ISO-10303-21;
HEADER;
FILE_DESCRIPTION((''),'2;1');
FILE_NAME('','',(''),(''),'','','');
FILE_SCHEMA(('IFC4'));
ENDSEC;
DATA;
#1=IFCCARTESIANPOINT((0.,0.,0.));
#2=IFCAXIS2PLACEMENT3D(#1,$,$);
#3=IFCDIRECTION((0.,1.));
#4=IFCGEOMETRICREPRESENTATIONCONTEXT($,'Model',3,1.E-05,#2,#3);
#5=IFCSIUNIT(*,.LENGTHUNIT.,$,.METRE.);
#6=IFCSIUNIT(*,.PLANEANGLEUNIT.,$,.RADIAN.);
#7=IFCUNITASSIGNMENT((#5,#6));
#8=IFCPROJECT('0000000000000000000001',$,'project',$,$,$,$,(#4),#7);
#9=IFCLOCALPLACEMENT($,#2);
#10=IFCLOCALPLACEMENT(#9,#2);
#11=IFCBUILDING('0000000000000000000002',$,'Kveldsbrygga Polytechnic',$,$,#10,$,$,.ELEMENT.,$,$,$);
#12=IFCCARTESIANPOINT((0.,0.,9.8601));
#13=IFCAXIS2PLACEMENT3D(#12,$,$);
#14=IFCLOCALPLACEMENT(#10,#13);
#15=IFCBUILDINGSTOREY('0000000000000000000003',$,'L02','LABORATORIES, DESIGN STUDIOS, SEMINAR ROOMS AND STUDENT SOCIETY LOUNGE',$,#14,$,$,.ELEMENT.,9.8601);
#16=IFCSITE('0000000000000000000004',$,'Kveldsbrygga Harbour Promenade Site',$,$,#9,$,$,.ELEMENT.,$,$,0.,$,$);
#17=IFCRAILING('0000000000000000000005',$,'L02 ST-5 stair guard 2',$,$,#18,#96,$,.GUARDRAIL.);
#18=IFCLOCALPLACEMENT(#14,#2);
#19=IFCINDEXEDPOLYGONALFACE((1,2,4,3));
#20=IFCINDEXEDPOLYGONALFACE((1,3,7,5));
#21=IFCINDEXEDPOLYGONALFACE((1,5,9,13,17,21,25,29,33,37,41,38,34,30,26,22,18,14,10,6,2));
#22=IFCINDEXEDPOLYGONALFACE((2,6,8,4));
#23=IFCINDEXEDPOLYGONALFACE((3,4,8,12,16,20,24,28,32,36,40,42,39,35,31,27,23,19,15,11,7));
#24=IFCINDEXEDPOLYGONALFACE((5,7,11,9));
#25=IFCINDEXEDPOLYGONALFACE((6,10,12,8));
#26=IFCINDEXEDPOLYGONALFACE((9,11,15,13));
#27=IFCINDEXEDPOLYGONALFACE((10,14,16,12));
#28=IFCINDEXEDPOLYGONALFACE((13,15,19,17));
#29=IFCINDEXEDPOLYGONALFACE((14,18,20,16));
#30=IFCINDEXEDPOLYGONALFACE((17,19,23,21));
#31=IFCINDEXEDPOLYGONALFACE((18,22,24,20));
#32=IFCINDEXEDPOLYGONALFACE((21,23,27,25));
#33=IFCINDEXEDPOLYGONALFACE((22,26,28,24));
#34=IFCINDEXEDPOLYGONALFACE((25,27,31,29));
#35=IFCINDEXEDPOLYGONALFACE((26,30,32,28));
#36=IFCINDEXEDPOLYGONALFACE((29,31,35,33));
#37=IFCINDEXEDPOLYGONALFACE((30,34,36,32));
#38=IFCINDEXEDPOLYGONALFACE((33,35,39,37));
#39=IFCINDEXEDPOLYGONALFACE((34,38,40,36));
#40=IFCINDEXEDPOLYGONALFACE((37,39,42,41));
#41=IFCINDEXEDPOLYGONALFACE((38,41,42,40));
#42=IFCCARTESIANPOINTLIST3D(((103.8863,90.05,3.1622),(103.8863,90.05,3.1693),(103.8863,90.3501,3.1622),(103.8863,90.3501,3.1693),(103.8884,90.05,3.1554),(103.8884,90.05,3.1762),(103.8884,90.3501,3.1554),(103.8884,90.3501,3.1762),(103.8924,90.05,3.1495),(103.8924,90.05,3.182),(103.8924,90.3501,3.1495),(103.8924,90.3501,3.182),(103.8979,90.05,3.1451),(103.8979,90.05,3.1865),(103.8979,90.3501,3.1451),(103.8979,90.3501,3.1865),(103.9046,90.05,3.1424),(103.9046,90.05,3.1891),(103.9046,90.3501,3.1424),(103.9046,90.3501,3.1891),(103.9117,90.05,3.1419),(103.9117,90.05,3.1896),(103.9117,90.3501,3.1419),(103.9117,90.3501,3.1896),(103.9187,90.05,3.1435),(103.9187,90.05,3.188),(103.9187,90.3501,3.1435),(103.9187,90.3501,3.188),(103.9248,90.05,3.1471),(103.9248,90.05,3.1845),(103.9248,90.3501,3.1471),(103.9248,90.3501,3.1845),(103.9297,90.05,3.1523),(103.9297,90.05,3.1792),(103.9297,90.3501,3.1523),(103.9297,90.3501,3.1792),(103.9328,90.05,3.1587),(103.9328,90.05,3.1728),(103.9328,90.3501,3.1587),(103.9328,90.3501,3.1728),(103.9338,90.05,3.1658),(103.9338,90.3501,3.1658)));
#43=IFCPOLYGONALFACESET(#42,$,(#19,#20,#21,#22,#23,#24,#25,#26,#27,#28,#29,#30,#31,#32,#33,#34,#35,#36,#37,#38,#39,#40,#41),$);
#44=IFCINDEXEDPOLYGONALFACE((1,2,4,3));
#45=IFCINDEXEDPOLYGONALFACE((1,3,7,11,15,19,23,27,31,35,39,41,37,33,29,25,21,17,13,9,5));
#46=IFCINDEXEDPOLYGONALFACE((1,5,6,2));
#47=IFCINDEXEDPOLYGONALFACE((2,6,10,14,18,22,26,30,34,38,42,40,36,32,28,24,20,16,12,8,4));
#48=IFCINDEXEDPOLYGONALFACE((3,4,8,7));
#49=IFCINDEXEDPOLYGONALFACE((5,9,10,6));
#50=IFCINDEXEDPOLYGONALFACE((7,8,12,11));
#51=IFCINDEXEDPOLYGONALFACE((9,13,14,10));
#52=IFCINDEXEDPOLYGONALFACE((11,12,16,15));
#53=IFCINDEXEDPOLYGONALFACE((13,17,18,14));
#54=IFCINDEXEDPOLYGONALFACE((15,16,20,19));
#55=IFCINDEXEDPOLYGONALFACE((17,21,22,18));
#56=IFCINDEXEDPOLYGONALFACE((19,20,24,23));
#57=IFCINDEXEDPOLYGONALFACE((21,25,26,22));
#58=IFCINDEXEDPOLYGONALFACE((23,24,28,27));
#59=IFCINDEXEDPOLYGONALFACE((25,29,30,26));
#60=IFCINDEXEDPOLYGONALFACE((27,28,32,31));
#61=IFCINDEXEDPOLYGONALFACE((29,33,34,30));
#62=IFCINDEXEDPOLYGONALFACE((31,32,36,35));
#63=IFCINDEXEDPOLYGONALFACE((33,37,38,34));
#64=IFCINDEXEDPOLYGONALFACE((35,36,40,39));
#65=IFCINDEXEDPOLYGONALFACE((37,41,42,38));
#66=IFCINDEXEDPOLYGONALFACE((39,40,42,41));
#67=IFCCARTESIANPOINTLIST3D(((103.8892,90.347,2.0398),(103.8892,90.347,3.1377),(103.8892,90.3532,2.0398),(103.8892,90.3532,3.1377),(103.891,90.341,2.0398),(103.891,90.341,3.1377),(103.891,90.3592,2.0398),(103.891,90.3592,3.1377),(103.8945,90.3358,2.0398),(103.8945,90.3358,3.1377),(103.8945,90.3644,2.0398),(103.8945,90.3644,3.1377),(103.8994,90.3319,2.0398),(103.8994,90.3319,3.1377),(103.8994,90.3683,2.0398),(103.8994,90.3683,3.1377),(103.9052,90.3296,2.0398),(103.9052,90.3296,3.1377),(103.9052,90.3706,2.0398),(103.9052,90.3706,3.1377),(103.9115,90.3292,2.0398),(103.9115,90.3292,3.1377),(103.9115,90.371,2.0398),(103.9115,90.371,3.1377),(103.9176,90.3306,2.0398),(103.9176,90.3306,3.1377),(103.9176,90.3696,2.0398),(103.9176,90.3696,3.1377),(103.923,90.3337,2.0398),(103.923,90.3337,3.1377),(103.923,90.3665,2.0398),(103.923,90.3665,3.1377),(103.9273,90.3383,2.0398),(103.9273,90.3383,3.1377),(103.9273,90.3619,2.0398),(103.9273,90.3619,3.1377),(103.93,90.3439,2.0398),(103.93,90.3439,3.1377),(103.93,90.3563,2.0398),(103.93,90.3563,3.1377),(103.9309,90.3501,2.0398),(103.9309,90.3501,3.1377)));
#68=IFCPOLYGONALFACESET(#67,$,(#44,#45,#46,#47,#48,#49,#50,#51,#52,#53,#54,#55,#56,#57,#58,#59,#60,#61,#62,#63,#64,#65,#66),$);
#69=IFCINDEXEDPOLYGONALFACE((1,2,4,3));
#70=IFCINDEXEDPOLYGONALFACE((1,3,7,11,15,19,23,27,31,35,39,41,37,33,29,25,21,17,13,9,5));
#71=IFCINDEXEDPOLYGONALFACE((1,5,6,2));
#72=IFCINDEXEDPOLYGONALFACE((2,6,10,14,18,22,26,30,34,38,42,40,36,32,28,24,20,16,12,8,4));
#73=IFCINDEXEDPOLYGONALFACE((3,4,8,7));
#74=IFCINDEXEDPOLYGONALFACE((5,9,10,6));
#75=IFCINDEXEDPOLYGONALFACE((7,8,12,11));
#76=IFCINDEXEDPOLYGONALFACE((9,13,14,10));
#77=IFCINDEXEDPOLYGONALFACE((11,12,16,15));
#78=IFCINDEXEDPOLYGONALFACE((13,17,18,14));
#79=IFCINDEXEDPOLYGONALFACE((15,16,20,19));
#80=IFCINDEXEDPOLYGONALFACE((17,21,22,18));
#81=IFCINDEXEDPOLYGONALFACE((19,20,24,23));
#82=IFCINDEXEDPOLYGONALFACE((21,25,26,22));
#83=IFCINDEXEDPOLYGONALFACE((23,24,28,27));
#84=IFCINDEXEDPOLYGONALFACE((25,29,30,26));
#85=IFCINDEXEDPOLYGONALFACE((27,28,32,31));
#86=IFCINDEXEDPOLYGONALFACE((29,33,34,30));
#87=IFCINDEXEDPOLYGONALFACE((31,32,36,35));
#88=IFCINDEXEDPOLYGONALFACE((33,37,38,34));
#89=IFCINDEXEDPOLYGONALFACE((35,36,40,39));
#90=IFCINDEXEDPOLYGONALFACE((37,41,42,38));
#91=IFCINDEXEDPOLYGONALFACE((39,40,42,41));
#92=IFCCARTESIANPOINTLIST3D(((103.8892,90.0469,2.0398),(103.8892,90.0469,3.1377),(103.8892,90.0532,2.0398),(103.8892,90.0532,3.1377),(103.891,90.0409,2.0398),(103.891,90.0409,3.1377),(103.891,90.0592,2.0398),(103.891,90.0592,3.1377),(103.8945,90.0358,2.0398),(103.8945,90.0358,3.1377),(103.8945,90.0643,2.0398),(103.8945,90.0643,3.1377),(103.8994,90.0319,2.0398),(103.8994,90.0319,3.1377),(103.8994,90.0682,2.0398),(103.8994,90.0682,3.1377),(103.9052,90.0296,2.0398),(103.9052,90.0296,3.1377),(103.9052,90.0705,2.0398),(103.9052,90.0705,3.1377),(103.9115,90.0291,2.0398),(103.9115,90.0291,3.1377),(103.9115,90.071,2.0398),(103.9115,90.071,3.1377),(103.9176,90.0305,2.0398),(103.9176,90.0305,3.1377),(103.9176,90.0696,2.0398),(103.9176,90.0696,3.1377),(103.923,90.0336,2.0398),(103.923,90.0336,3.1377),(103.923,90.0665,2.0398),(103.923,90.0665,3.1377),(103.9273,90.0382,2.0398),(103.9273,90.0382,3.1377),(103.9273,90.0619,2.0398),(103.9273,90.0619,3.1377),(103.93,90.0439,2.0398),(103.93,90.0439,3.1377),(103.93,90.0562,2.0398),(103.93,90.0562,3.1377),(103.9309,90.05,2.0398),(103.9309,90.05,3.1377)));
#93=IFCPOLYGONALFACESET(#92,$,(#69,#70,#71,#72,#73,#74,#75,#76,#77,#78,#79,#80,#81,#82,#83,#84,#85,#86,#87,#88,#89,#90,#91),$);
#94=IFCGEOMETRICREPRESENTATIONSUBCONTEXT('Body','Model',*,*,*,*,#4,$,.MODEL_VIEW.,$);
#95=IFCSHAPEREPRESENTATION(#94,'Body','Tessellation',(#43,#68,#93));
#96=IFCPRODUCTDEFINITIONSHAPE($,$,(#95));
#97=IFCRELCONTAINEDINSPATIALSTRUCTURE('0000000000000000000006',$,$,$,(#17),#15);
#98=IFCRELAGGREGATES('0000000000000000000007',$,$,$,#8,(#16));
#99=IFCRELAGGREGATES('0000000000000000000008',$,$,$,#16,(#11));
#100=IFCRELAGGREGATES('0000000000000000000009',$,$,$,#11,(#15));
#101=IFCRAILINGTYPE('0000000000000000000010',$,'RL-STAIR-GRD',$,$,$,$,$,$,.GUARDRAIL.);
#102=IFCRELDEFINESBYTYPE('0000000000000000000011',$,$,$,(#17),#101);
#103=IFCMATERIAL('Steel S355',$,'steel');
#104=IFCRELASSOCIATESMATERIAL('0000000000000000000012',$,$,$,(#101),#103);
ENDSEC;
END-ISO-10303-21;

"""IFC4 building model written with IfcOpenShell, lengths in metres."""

from ifc_helpers import new_model, si_unit, direction, frame, origin, origin_2d, place, context, subcontext, project, spatial, circle, extrude, material, type_object, element, save


model = new_model("IFC4")

# Units and contexts
model_context = context("Model", 3, precision=1e-05, world=origin(), true_north=direction((0.0, 1.0)))
body_context = subcontext(model_context, "Body", "Model", "MODEL_VIEW")
ifc_project = project(units=[si_unit("LENGTHUNIT", "METRE"), si_unit("PLANEANGLEUNIT", "RADIAN")], contexts=[model_context])

# Site, building, storey
site_placement = place(None, origin())
site = spatial("IfcSite", under=ifc_project, at=site_placement, Name="Kveldsbrygga Harbour Promenade Site", CompositionType="ELEMENT", RefElevation=0.0)
building_placement = place(site_placement, origin())
building = spatial("IfcBuilding", under=site, at=building_placement, Name="Kveldsbrygga Polytechnic", CompositionType="ELEMENT")
storey_placement = place(building_placement, frame((0.0, 0.0, 9.8601)))
storey = spatial("IfcBuildingStorey", under=building, at=storey_placement, Name="L02", Description="LABORATORIES, DESIGN STUDIOS, SEMINAR ROOMS AND STUDENT SOCIETY LOUNGE", CompositionType="ELEMENT", Elevation=9.8601)

# Shared definitions
ifc_material_1 = material(Name="Steel S355", Category="steel")

# Railing
railing_type_1 = type_object("IfcRailingType", Name="RL-STAIR-GRD", PredefinedType="GUARDRAIL", material=ifc_material_1)
railing_1_placement = place(storey_placement, frame((103.9099, 90.3501, 2.0398)))
element("IfcRailing", 1, at=railing_1_placement, inside=storey, type_object=railing_type_1, Name="L02 ST-5 stair guard 2", PredefinedType="GUARDRAIL", context=body_context, shape_type="SweptSolid", body=[
    extrude(circle(Radius=0.0239, at=origin_2d()), frame((0.0, 0.0, 1.126), z_axis=(0.0, -1.0, 0.0), x_axis=(1.0, 0.0, 0.0)), (0.0, 0.0, 1.0), 0.3),
    extrude(circle(Radius=0.021, at=origin_2d()), origin(), (0.0, 0.0, 1.0), 1.0979),
    extrude(circle(Radius=0.021, at=origin_2d()), frame((0.0, -0.3, 0.0)), (0.0, 0.0, 1.0), 1.0979),
])

save(model, "model.ifc")
